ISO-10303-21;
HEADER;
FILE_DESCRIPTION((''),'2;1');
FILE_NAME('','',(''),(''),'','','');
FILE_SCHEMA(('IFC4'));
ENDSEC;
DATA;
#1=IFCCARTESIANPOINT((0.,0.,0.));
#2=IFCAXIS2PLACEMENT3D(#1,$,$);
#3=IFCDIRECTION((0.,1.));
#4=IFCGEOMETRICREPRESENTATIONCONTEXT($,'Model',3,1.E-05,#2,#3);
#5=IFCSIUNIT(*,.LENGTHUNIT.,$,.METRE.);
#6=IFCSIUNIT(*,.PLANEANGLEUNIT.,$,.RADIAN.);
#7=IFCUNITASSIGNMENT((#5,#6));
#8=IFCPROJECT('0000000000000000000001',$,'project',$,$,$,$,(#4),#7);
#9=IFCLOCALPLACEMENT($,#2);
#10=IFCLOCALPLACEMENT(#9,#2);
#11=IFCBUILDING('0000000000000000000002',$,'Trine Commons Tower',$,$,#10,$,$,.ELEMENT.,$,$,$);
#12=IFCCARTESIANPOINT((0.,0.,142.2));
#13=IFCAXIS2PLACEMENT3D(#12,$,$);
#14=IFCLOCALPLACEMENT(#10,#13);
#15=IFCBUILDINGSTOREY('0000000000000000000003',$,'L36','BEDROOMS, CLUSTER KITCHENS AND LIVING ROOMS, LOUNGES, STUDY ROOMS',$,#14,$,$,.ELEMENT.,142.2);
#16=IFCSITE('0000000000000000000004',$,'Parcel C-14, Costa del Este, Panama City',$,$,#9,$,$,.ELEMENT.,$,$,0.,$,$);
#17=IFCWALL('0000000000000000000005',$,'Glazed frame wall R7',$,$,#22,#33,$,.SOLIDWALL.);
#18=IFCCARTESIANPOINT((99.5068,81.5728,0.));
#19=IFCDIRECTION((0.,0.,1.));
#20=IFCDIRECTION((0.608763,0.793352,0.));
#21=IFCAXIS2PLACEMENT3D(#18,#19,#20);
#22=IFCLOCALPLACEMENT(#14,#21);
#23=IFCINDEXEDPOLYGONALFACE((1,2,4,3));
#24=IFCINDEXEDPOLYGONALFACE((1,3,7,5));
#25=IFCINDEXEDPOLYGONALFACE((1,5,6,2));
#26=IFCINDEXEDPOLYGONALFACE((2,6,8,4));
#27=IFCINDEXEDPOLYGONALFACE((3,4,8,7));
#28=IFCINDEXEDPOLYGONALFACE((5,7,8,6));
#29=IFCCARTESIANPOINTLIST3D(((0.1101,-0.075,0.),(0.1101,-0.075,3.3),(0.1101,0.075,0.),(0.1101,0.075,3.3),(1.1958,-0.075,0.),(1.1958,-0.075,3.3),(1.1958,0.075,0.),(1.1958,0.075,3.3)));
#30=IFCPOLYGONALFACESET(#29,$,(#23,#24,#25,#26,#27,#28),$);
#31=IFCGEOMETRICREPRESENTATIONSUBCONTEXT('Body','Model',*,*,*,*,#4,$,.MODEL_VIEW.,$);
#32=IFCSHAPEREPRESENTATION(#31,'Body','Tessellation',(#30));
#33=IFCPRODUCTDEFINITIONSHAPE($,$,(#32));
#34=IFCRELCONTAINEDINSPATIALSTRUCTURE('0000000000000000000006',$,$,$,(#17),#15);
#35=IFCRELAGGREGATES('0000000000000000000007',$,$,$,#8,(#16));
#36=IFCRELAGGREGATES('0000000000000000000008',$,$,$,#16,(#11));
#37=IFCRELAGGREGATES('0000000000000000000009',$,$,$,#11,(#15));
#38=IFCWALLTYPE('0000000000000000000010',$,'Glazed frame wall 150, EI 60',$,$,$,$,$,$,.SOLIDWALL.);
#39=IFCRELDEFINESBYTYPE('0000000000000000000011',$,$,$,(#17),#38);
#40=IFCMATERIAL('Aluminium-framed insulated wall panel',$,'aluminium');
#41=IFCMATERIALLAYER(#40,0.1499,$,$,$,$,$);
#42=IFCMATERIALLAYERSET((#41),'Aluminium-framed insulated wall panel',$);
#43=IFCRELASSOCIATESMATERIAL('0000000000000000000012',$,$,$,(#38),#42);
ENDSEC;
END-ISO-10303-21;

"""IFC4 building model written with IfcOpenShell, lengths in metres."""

from ifc_helpers import new_model, si_unit, direction, frame, origin, place, context, subcontext, project, spatial, polyline, outline, extrude, material, layer, layer_set, type_object, element, save


model = new_model("IFC4")

# Units and contexts
model_context = context("Model", 3, precision=1e-05, world=origin(), true_north=direction((0.0, 1.0)))
body_context = subcontext(model_context, "Body", "Model", "MODEL_VIEW")
ifc_project = project(units=[si_unit("LENGTHUNIT", "METRE"), si_unit("PLANEANGLEUNIT", "RADIAN")], contexts=[model_context])

# Site, building, storey
site_placement = place(None, origin())
site = spatial("IfcSite", under=ifc_project, at=site_placement, Name="Parcel C-14, Costa del Este, Panama City", CompositionType="ELEMENT", RefElevation=0.0)
building_placement = place(site_placement, origin())
building = spatial("IfcBuilding", under=site, at=building_placement, Name="Trine Commons Tower", CompositionType="ELEMENT")
storey_placement = place(building_placement, frame((0.0, 0.0, 142.2)))
storey = spatial("IfcBuildingStorey", under=building, at=storey_placement, Name="L36", Description="BEDROOMS, CLUSTER KITCHENS AND LIVING ROOMS, LOUNGES, STUDY ROOMS", CompositionType="ELEMENT", Elevation=142.2)

# Shared definitions
ifc_material_1 = material(Name="Aluminium-framed insulated wall panel", Category="aluminium")
ifc_layer_1 = layer(ifc_material_1, 0.1499)
ifc_layer_set_1 = layer_set([ifc_layer_1], Name="Aluminium-framed insulated wall panel")
wall_type_1 = type_object("IfcWallType", Name="Glazed frame wall 150, EI 60", PredefinedType="SOLIDWALL", material=ifc_layer_set_1)

# Wall
wall_1_placement = place(storey_placement, frame((99.5068, 81.5728, 0.0), z_axis=(0.0, 0.0, 1.0), x_axis=(0.608763, 0.793352, 0.0)))
element("IfcWall", 1, at=wall_1_placement, inside=storey, type_object=wall_type_1, Name="Glazed frame wall R7", PredefinedType="SOLIDWALL", context=body_context, shape_type="SweptSolid", body=[
    extrude(outline(polyline([(0.1101, 0.075), (0.1101, -0.075), (1.1958, -0.075), (1.1958, 0.075), (0.1101, 0.075)])), origin(), (0.0, 0.0, 1.0), 3.3),
])

save(model, "model.ifc")
